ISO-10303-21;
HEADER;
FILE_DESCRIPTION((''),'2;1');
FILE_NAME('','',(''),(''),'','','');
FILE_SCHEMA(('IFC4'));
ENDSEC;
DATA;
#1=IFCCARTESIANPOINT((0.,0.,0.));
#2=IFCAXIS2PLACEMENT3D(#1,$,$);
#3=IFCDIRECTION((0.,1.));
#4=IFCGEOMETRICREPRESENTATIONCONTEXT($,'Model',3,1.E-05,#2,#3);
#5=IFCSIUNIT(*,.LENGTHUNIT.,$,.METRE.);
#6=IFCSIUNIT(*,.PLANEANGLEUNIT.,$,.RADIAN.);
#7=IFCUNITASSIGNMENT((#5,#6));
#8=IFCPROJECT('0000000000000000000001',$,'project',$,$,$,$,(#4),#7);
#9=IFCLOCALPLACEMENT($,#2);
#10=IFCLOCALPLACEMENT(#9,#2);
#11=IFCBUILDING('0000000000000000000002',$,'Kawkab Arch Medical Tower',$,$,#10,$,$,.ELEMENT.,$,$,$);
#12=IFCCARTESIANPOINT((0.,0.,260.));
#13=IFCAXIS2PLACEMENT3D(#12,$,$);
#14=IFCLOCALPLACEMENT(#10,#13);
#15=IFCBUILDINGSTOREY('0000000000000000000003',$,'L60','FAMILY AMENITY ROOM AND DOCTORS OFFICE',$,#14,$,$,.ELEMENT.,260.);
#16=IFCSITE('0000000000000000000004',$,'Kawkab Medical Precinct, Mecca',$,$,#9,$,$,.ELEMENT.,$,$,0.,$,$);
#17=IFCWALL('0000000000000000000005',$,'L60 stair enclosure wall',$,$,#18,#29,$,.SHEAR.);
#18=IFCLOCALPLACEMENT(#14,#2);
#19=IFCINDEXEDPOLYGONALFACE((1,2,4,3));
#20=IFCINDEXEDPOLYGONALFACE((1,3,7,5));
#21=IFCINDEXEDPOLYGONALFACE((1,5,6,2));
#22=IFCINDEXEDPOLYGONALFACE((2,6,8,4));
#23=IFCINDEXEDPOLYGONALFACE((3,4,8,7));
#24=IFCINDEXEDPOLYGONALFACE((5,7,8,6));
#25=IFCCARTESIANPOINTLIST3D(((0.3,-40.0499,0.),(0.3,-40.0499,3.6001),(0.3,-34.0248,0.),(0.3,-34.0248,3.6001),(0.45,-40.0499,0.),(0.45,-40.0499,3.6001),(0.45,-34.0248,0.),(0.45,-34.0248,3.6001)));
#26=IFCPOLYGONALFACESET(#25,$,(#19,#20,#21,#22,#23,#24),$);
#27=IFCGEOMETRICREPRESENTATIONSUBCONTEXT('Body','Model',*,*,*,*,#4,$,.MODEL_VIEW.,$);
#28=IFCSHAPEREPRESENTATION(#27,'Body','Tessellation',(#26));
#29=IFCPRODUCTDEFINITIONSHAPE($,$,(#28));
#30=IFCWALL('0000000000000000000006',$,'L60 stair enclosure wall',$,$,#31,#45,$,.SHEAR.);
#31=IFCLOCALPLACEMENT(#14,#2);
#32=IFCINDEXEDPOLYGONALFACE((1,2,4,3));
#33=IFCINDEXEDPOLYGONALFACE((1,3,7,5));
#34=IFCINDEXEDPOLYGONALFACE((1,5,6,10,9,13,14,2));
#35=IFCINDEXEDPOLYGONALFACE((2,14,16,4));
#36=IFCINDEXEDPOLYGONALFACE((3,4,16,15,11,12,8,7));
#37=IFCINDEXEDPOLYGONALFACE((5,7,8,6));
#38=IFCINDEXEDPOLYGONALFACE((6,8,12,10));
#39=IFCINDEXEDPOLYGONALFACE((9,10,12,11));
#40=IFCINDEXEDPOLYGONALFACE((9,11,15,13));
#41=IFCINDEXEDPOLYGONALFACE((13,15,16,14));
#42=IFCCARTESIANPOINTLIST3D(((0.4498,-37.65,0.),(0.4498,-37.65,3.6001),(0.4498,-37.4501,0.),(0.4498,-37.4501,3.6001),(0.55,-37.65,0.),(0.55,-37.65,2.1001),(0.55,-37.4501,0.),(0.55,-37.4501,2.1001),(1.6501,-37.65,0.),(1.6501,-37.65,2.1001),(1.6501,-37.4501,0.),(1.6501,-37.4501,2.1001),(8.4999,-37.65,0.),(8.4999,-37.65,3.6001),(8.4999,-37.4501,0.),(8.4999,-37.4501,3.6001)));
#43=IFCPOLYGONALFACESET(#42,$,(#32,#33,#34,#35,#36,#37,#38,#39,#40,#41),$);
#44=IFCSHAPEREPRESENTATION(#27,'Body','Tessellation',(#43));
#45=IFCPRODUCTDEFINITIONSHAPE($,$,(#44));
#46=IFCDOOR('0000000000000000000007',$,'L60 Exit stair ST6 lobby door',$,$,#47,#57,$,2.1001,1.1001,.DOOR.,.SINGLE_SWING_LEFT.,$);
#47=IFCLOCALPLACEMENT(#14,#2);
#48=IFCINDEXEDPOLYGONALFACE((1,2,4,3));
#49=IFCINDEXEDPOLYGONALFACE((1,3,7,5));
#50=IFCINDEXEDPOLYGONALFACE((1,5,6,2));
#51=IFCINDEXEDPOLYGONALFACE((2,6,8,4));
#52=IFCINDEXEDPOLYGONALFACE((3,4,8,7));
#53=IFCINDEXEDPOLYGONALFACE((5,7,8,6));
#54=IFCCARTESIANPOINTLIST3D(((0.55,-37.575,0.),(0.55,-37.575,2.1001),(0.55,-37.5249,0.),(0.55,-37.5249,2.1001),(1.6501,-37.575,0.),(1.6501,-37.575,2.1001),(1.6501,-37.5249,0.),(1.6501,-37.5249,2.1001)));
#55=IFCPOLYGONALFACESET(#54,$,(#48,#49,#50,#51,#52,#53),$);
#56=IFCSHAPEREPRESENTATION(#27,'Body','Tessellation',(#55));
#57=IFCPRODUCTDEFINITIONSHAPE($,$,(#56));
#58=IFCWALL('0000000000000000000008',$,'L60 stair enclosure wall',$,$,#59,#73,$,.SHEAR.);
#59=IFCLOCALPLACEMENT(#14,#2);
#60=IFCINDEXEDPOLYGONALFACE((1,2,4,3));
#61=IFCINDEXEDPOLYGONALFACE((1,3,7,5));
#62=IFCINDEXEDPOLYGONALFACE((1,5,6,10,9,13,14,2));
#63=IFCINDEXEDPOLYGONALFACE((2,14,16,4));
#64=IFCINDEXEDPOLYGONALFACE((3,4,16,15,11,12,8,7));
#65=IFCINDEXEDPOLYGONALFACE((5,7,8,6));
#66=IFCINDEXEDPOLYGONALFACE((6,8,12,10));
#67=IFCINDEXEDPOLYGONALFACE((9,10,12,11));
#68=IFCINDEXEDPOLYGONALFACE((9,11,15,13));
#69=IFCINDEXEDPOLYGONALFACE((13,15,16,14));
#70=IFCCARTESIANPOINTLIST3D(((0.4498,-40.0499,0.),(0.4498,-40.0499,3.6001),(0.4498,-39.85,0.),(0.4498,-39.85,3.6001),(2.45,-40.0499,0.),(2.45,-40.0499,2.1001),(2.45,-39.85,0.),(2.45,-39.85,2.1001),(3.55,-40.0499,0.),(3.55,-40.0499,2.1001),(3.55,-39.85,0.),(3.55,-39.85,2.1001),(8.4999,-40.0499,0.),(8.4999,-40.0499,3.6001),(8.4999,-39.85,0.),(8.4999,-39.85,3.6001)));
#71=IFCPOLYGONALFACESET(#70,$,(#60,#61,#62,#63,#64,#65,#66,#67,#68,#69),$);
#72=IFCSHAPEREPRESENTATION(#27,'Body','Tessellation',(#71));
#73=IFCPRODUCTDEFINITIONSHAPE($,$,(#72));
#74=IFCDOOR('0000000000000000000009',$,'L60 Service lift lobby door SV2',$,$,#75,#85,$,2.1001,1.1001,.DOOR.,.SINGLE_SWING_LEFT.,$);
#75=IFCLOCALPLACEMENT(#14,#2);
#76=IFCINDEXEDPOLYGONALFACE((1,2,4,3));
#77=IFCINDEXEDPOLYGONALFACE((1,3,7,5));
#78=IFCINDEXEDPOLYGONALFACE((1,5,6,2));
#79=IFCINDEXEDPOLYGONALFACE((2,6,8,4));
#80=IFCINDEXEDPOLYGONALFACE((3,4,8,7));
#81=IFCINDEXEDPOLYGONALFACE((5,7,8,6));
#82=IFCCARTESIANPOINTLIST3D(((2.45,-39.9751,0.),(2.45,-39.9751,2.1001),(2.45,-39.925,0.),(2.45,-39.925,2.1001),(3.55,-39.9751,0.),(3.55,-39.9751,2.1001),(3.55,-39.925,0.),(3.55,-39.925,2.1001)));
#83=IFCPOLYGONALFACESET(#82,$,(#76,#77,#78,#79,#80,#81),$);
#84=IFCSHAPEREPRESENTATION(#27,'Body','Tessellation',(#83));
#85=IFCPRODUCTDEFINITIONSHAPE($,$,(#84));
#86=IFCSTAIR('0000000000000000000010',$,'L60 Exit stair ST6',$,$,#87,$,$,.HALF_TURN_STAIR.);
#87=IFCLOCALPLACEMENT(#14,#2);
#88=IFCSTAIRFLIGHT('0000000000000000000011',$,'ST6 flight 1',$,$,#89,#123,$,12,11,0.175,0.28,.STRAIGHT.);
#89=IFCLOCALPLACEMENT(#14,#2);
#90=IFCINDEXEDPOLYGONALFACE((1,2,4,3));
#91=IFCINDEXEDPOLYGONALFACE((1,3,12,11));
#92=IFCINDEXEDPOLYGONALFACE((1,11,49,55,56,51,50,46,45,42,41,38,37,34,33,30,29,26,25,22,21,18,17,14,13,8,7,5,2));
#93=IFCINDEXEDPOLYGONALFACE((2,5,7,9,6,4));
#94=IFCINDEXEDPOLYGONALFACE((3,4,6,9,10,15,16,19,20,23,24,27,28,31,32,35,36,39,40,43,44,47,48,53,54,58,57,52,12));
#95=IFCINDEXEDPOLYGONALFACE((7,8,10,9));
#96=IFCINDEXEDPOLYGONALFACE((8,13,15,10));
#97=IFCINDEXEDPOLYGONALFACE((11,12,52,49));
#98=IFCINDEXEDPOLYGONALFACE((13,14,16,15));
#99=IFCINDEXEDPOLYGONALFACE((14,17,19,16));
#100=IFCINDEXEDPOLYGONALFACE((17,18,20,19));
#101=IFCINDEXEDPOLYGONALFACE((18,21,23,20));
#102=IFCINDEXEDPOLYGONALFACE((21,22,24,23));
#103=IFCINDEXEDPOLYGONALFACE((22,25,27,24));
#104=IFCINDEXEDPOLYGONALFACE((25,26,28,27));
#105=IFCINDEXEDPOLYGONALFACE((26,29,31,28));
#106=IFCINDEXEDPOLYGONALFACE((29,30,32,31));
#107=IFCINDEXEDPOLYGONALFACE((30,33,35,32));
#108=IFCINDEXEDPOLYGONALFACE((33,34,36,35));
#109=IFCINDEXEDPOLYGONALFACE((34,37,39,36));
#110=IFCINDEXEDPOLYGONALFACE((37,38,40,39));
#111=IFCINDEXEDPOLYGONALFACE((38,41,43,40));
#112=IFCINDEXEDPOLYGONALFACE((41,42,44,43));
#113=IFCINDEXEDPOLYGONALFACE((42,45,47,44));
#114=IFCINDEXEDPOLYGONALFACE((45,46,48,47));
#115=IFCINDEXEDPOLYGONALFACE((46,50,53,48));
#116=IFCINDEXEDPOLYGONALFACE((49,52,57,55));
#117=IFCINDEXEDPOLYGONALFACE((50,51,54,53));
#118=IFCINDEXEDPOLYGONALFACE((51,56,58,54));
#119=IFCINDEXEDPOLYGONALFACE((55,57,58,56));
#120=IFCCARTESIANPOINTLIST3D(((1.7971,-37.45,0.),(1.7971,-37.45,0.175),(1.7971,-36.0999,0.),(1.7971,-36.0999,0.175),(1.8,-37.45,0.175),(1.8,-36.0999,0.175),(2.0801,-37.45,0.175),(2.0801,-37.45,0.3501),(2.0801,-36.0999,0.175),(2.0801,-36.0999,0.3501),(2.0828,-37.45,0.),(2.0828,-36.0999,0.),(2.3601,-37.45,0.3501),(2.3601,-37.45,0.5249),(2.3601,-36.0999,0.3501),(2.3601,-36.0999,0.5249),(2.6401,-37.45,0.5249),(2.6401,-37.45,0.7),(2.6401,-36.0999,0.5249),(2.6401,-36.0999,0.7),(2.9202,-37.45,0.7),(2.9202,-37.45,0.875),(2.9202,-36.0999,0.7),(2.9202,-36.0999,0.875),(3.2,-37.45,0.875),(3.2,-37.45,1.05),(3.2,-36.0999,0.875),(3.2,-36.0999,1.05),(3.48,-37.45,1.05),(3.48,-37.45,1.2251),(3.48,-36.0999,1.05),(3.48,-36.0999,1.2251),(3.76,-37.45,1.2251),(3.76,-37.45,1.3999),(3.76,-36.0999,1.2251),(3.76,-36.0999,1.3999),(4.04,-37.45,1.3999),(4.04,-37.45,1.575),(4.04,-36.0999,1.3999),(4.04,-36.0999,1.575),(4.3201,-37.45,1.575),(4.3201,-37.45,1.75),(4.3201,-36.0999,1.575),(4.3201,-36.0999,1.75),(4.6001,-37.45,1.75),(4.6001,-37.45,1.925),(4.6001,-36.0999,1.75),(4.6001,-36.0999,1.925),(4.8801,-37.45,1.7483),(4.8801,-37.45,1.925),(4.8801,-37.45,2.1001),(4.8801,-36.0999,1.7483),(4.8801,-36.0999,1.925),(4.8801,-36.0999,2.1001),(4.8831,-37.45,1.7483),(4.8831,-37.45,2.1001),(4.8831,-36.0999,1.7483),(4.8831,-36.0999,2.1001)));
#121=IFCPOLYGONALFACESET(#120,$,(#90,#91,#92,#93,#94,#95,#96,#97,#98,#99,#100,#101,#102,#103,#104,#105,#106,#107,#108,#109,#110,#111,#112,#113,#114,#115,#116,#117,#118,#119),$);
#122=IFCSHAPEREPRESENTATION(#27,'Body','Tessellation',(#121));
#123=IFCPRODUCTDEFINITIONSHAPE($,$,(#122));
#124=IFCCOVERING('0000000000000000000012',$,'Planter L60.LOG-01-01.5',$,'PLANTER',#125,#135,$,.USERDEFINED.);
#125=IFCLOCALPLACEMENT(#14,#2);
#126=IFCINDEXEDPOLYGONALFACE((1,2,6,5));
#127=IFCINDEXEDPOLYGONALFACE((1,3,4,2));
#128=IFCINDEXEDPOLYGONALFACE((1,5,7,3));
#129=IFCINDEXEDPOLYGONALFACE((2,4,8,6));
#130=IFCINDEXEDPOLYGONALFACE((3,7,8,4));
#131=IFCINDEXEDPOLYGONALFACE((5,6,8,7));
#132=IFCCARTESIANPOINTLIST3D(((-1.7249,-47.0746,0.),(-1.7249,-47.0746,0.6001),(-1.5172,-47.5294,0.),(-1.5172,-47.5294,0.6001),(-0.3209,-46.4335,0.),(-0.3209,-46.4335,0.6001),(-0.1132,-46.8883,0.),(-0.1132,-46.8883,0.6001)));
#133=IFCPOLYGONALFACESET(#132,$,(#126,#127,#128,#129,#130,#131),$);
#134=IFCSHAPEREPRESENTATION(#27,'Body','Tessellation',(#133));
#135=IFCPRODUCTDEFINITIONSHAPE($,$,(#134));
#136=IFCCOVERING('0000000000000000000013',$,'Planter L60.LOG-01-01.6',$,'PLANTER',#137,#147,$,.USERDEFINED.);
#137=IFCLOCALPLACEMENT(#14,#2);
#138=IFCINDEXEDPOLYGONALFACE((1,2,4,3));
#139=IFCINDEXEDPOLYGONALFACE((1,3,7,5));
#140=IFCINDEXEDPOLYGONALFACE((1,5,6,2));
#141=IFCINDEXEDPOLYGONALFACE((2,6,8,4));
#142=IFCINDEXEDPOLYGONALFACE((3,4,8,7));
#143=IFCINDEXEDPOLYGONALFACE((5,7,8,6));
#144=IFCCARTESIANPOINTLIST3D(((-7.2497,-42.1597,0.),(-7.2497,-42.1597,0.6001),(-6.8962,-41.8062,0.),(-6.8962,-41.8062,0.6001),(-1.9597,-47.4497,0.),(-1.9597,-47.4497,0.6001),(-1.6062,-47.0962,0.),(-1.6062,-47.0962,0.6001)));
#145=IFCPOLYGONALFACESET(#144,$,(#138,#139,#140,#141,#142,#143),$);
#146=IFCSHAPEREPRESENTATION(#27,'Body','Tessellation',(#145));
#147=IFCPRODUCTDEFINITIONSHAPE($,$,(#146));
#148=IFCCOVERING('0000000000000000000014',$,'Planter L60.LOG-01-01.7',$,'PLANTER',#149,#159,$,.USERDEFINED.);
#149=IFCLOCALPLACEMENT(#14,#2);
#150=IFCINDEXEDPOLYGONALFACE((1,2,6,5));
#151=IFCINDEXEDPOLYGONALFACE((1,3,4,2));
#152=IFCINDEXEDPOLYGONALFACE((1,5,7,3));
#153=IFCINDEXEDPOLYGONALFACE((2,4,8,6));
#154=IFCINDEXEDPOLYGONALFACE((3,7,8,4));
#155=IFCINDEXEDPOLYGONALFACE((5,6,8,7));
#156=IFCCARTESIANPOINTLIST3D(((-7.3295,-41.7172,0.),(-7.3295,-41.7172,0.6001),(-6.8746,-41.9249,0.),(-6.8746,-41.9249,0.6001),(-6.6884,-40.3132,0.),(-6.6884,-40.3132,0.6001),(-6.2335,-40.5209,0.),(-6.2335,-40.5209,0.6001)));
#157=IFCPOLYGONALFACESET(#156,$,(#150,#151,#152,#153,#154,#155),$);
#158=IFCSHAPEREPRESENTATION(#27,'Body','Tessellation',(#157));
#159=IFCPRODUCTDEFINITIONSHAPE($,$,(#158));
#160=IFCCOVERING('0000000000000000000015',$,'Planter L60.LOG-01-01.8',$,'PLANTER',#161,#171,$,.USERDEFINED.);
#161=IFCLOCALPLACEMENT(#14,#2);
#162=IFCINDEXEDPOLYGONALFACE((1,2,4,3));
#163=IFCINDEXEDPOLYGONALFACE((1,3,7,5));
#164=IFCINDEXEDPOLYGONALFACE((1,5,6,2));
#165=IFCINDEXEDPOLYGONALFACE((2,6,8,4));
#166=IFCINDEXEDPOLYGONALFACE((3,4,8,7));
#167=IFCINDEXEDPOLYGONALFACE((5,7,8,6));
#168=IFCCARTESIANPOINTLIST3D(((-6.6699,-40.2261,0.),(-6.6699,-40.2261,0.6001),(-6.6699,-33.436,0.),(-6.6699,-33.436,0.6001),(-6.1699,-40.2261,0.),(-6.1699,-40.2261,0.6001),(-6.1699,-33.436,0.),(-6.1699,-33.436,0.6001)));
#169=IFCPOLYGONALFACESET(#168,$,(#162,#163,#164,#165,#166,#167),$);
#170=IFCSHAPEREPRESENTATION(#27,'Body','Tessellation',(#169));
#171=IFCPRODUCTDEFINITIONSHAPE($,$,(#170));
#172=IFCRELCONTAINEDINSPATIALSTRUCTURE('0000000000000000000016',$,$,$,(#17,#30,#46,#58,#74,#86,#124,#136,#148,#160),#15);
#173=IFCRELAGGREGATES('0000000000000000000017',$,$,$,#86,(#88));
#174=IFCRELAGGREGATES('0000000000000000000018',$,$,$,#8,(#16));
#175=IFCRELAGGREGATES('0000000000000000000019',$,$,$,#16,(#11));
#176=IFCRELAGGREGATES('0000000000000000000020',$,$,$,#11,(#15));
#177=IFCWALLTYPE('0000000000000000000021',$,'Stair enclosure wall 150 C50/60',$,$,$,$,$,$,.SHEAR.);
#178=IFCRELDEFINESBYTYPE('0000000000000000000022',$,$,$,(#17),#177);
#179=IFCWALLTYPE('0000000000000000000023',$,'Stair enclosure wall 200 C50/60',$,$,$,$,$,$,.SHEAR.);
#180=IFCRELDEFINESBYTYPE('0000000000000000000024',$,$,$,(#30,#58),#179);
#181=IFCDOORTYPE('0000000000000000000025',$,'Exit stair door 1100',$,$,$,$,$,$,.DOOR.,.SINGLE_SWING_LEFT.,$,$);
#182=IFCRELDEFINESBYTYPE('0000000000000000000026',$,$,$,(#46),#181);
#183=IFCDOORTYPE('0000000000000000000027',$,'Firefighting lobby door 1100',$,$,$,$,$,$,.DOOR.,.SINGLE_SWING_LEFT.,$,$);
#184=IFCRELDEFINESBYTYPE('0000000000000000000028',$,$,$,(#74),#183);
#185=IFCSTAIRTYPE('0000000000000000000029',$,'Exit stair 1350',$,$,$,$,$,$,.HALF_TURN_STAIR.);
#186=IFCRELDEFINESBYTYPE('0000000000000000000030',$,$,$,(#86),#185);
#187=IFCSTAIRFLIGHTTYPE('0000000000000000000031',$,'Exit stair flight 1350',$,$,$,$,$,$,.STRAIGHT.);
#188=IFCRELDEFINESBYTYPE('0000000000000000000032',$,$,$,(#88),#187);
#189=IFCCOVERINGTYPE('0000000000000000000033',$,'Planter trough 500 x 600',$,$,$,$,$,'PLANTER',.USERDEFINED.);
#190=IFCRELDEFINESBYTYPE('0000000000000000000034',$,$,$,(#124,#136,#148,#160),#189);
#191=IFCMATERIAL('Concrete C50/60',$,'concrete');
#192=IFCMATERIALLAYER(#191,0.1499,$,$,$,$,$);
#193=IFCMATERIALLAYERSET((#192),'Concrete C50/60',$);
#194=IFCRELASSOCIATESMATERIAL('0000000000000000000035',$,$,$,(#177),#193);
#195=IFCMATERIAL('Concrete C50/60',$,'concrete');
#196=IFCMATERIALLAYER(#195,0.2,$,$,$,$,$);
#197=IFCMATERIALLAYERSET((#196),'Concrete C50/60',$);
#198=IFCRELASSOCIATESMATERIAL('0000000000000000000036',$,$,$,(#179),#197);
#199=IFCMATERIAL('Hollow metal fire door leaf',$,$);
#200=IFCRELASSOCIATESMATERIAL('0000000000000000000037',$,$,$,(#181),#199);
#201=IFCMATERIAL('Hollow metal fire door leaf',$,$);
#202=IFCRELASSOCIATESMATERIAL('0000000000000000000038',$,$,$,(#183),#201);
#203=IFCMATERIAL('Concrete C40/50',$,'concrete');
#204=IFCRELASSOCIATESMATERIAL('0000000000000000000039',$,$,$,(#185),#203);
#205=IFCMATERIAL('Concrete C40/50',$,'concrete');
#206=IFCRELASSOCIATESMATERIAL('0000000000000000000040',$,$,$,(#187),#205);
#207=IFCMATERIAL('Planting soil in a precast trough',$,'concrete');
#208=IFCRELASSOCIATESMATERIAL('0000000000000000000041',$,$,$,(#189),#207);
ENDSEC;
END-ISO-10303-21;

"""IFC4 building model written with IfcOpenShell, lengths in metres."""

from ifc_helpers import new_model, si_unit, direction, frame, frame_2d, origin, origin_2d, place, context, subcontext, project, spatial, polyline, rectangle, outline, extrude, material, layer, layer_set, material_profile, profile_set, type_object, element, fill, aggregate, save


model = new_model("IFC4")

# Units and contexts
model_context = context("Model", 3, precision=1e-05, world=origin(), true_north=direction((0.0, 1.0)))
body_context = subcontext(model_context, "Body", "Model", "MODEL_VIEW")
ifc_project = project(units=[si_unit("LENGTHUNIT", "METRE"), si_unit("PLANEANGLEUNIT", "RADIAN")], contexts=[model_context])

# Site, building, storey
site_placement = place(None, origin())
site = spatial("IfcSite", under=ifc_project, at=site_placement, Name="Kawkab Medical Precinct, Mecca", CompositionType="ELEMENT", RefElevation=0.0)
building_placement = place(site_placement, origin())
building = spatial("IfcBuilding", under=site, at=building_placement, Name="Kawkab Arch Medical Tower", CompositionType="ELEMENT")
storey_placement = place(building_placement, frame((0.0, 0.0, 260.0)))
storey = spatial("IfcBuildingStorey", under=building, at=storey_placement, Name="L60", Description="FAMILY AMENITY ROOM AND DOCTORS OFFICE", CompositionType="ELEMENT", Elevation=260.0)

# Shared definitions
placement = place(storey_placement, origin())

# Wall
ifc_material_1 = material(Name="Concrete C50/60", Category="concrete")
ifc_layer_1 = layer(ifc_material_1, 0.1499)
ifc_layer_set_1 = layer_set([ifc_layer_1], Name="Concrete C50/60")
wall_type_1 = type_object("IfcWallType", Name="Stair enclosure wall 150 C50/60", PredefinedType="SHEAR", material=ifc_layer_set_1)
wall_1_placement = place(storey_placement, frame((0.375, -40.05, 0.0), z_axis=(0.0, 0.0, 1.0), x_axis=(0.0, 1.0, 0.0)))
element("IfcWall", 1, at=wall_1_placement, inside=storey, type_object=wall_type_1, Name="L60 stair enclosure wall", PredefinedType="SHEAR", context=body_context, shape_type="SweptSolid", body=[
    extrude(rectangle(XDim=6.0251, YDim=0.1499, at=frame_2d((3.0127, 0.0))), origin(), (0.0, 0.0, 1.0), 3.6001),
])

# Walls, openings, doors
ifc_material_2 = material(Name="Concrete C50/60", Category="concrete")
ifc_layer_2 = layer(ifc_material_2, 0.2)
ifc_layer_set_2 = layer_set([ifc_layer_2], Name="Concrete C50/60")
wall_type_2 = type_object("IfcWallType", Name="Stair enclosure wall 200 C50/60", PredefinedType="SHEAR", material=ifc_layer_set_2)
wall_2_placement = place(storey_placement, frame((0.45, -37.55, 0.0), z_axis=(0.0, 0.0, 1.0), x_axis=(1.0, 0.0, 0.0)))
wall_2 = element("IfcWall", 2, at=wall_2_placement, inside=storey, type_object=wall_type_2, Name="L60 stair enclosure wall", PredefinedType="SHEAR", context=body_context, shape_type="SweptSolid", body=[
    extrude(rectangle(XDim=8.05, YDim=0.2, at=frame_2d((4.0249, 0.0))), origin(), (0.0, 0.0, 1.0), 3.6001),
])
opening_1_placement = place(wall_2_placement, frame((0.1001, 0.0, 0.0)))
opening_1 = element("IfcOpeningElement", 3, at=opening_1_placement, cuts=wall_2, PredefinedType="OPENING", context=body_context, shape_type="SweptSolid", body=[
    extrude(rectangle(XDim=1.1001, YDim=2.1001, at=frame_2d((0.55, 1.05))), frame((0.0, 0.1099, 0.0), z_axis=(0.0, -1.0, 0.0), x_axis=(1.0, 0.0, 0.0)), (0.0, 0.0, 1.0), 0.22),
])
ifc_material_3 = material(Name="Hollow metal fire door leaf")
door_type_1 = type_object("IfcDoorType", Name="Exit stair door 1100", OperationType="SINGLE_SWING_LEFT", PredefinedType="DOOR", material=ifc_material_3)
door_1_placement = place(opening_1_placement, frame((1.1001, 0.0, 0.0), z_axis=(0.0, 0.0, 1.0), x_axis=(-1.0, 0.0, 0.0)))
door_1 = element("IfcDoor", 4, at=door_1_placement, inside=storey, type_object=door_type_1, Name="L60 Exit stair ST6 lobby door", OperationType="SINGLE_SWING_LEFT", OverallHeight=2.1001, OverallWidth=1.1001, PredefinedType="DOOR", context=body_context, shape_type="SweptSolid", body=[
    extrude(rectangle(XDim=1.1001, YDim=2.1001, at=frame_2d((0.55, 1.05))), frame((0.0, 0.0249, 0.0), z_axis=(0.0, -1.0, 0.0), x_axis=(1.0, 0.0, 0.0)), (0.0, 0.0, 1.0), 0.05),
])
fill(opening_1, door_1)
wall_3_placement = place(storey_placement, frame((0.45, -39.95, 0.0), z_axis=(0.0, 0.0, 1.0), x_axis=(1.0, 0.0, 0.0)))
wall_3 = element("IfcWall", 5, at=wall_3_placement, inside=storey, type_object=wall_type_2, Name="L60 stair enclosure wall", PredefinedType="SHEAR", context=body_context, shape_type="SweptSolid", body=[
    extrude(rectangle(XDim=8.05, YDim=0.2, at=frame_2d((4.0249, 0.0))), origin(), (0.0, 0.0, 1.0), 3.6001),
])
opening_2_placement = place(wall_3_placement, frame((2.0, 0.0, 0.0)))
opening_2 = element("IfcOpeningElement", 6, at=opening_2_placement, cuts=wall_3, PredefinedType="OPENING", context=body_context, shape_type="SweptSolid", body=[
    extrude(rectangle(XDim=1.1001, YDim=2.1001, at=frame_2d((0.55, 1.05))), frame((0.0, 0.1099, 0.0), z_axis=(0.0, -1.0, 0.0), x_axis=(1.0, 0.0, 0.0)), (0.0, 0.0, 1.0), 0.22),
])
ifc_material_4 = material(Name="Hollow metal fire door leaf")
door_type_2 = type_object("IfcDoorType", Name="Firefighting lobby door 1100", OperationType="SINGLE_SWING_LEFT", PredefinedType="DOOR", material=ifc_material_4)
door_2_placement = place(opening_2_placement, origin())
door_2 = element("IfcDoor", 7, at=door_2_placement, inside=storey, type_object=door_type_2, Name="L60 Service lift lobby door SV2", OperationType="SINGLE_SWING_LEFT", OverallHeight=2.1001, OverallWidth=1.1001, PredefinedType="DOOR", context=body_context, shape_type="SweptSolid", body=[
    extrude(rectangle(XDim=1.1001, YDim=2.1001, at=frame_2d((0.55, 1.05))), frame((0.0, 0.0249, 0.0), z_axis=(0.0, -1.0, 0.0), x_axis=(1.0, 0.0, 0.0)), (0.0, 0.0, 1.0), 0.05),
])
fill(opening_2, door_2)

# Stair, stair flight
ifc_material_5 = material(Name="Concrete C40/50", Category="concrete")
stair_type = type_object("IfcStairType", Name="Exit stair 1350", PredefinedType="HALF_TURN_STAIR", material=ifc_material_5)
stair = element("IfcStair", 8, at=placement, inside=storey, type_object=stair_type, Name="L60 Exit stair ST6", PredefinedType="HALF_TURN_STAIR")
ifc_material_6 = material(Name="Concrete C40/50", Category="concrete")
stair_flight_type = type_object("IfcStairFlightType", Name="Exit stair flight 1350", PredefinedType="STRAIGHT", material=ifc_material_6)
stair_flight_placement = place(storey_placement, frame((1.8, -36.7749, 0.0), z_axis=(0.0, 0.0, 1.0), x_axis=(1.0, 0.0, 0.0)))
stair_flight = element("IfcStairFlight", 9, at=stair_flight_placement, type_object=stair_flight_type, Name="ST6 flight 1", NumberOfRisers=12, NumberOfTreads=11, PredefinedType="STRAIGHT", RiserHeight=0.175, TreadLength=0.28, context=body_context, shape_type="SweptSolid", body=[
    extrude(outline(polyline([(-0.0029, 0.0), (-0.0029, 0.175), (0.0, 0.175), (0.28, 0.175), (0.28, 0.3501), (0.5601, 0.3501), (0.5601, 0.5249), (0.8401, 0.5249), (0.8401, 0.7), (1.1201, 0.7), (1.1201, 0.875), (1.3999, 0.875), (1.3999, 1.05), (1.6799, 1.05), (1.6799, 1.2251), (1.96, 1.2251), (1.96, 1.3999), (2.24, 1.3999), (2.24, 1.575), (2.52, 1.575), (2.52, 1.75), (2.8, 1.75), (2.8, 1.925), (3.0801, 1.925), (3.0801, 2.1001), (3.083, 2.1001), (3.083, 1.7483), (3.0801, 1.7483), (0.2827, 0.0), (-0.0029, 0.0)])), frame((0.0, 0.675, 0.0), z_axis=(0.0, -1.0, 0.0), x_axis=(1.0, 0.0, 0.0)), (0.0, 0.0, 1.0), 1.3501),
])
aggregate(stair, [stair_flight])

# Coverings
ifc_material_7 = material(Name="Planting soil in a precast trough", Category="concrete")
ifc_material_profile_1 = material_profile(ifc_material_7, rectangle(XDim=0.5, YDim=0.6001, at=origin_2d()), Name="Trough 500x600")
ifc_profile_set_1 = profile_set([ifc_material_profile_1], Name="Planting soil in a precast trough")
covering_type = type_object("IfcCoveringType", Name="Planter trough 500 x 600", ElementType="PLANTER", PredefinedType="USERDEFINED", material=ifc_profile_set_1)
covering_1_placement = place(storey_placement, frame((-0.217, -46.6609, 0.3), z_axis=(-0.909656, -0.415363, 0.0), x_axis=(0.415363, -0.909656, 0.0)))
element("IfcCovering", 10, at=covering_1_placement, inside=storey, type_object=covering_type, Name="Planter L60.LOG-01-01.5", ObjectType="PLANTER", PredefinedType="USERDEFINED", context=body_context, shape_type="SweptSolid", body=[
    extrude(rectangle(XDim=0.5, YDim=0.6001, at=origin_2d()), origin(), (0.0, 0.0, 1.0), 1.5435),
])
covering_2_placement = place(storey_placement, frame((-1.783, -47.2729, 0.3), z_axis=(-0.707107, 0.707107, 0.0), x_axis=(-0.707107, -0.707107, 0.0)))
element("IfcCovering", 11, at=covering_2_placement, inside=storey, type_object=covering_type, Name="Planter L60.LOG-01-01.6", ObjectType="PLANTER", PredefinedType="USERDEFINED", context=body_context, shape_type="SweptSolid", body=[
    extrude(rectangle(XDim=0.5, YDim=0.6001, at=origin_2d()), origin(), (0.0, 0.0, 1.0), 7.4812),
])
covering_3_placement = place(storey_placement, frame((-7.1021, -41.821, 0.3), z_axis=(0.415363, 0.909656, 0.0), x_axis=(-0.909656, 0.415363, 0.0)))
element("IfcCovering", 12, at=covering_3_placement, inside=storey, type_object=covering_type, Name="Planter L60.LOG-01-01.7", ObjectType="PLANTER", PredefinedType="USERDEFINED", context=body_context, shape_type="SweptSolid", body=[
    extrude(rectangle(XDim=0.5, YDim=0.6001, at=origin_2d()), origin(), (0.0, 0.0, 1.0), 1.5435),
])
covering_4_placement = place(storey_placement, frame((-6.4199, -40.2261, 0.3), z_axis=(0.0, 1.0, 0.0), x_axis=(-1.0, 0.0, 0.0)))
element("IfcCovering", 13, at=covering_4_placement, inside=storey, type_object=covering_type, Name="Planter L60.LOG-01-01.8", ObjectType="PLANTER", PredefinedType="USERDEFINED", context=body_context, shape_type="SweptSolid", body=[
    extrude(rectangle(XDim=0.5, YDim=0.6001, at=origin_2d()), origin(), (0.0, 0.0, 1.0), 6.79),
])

save(model, "model.ifc")
